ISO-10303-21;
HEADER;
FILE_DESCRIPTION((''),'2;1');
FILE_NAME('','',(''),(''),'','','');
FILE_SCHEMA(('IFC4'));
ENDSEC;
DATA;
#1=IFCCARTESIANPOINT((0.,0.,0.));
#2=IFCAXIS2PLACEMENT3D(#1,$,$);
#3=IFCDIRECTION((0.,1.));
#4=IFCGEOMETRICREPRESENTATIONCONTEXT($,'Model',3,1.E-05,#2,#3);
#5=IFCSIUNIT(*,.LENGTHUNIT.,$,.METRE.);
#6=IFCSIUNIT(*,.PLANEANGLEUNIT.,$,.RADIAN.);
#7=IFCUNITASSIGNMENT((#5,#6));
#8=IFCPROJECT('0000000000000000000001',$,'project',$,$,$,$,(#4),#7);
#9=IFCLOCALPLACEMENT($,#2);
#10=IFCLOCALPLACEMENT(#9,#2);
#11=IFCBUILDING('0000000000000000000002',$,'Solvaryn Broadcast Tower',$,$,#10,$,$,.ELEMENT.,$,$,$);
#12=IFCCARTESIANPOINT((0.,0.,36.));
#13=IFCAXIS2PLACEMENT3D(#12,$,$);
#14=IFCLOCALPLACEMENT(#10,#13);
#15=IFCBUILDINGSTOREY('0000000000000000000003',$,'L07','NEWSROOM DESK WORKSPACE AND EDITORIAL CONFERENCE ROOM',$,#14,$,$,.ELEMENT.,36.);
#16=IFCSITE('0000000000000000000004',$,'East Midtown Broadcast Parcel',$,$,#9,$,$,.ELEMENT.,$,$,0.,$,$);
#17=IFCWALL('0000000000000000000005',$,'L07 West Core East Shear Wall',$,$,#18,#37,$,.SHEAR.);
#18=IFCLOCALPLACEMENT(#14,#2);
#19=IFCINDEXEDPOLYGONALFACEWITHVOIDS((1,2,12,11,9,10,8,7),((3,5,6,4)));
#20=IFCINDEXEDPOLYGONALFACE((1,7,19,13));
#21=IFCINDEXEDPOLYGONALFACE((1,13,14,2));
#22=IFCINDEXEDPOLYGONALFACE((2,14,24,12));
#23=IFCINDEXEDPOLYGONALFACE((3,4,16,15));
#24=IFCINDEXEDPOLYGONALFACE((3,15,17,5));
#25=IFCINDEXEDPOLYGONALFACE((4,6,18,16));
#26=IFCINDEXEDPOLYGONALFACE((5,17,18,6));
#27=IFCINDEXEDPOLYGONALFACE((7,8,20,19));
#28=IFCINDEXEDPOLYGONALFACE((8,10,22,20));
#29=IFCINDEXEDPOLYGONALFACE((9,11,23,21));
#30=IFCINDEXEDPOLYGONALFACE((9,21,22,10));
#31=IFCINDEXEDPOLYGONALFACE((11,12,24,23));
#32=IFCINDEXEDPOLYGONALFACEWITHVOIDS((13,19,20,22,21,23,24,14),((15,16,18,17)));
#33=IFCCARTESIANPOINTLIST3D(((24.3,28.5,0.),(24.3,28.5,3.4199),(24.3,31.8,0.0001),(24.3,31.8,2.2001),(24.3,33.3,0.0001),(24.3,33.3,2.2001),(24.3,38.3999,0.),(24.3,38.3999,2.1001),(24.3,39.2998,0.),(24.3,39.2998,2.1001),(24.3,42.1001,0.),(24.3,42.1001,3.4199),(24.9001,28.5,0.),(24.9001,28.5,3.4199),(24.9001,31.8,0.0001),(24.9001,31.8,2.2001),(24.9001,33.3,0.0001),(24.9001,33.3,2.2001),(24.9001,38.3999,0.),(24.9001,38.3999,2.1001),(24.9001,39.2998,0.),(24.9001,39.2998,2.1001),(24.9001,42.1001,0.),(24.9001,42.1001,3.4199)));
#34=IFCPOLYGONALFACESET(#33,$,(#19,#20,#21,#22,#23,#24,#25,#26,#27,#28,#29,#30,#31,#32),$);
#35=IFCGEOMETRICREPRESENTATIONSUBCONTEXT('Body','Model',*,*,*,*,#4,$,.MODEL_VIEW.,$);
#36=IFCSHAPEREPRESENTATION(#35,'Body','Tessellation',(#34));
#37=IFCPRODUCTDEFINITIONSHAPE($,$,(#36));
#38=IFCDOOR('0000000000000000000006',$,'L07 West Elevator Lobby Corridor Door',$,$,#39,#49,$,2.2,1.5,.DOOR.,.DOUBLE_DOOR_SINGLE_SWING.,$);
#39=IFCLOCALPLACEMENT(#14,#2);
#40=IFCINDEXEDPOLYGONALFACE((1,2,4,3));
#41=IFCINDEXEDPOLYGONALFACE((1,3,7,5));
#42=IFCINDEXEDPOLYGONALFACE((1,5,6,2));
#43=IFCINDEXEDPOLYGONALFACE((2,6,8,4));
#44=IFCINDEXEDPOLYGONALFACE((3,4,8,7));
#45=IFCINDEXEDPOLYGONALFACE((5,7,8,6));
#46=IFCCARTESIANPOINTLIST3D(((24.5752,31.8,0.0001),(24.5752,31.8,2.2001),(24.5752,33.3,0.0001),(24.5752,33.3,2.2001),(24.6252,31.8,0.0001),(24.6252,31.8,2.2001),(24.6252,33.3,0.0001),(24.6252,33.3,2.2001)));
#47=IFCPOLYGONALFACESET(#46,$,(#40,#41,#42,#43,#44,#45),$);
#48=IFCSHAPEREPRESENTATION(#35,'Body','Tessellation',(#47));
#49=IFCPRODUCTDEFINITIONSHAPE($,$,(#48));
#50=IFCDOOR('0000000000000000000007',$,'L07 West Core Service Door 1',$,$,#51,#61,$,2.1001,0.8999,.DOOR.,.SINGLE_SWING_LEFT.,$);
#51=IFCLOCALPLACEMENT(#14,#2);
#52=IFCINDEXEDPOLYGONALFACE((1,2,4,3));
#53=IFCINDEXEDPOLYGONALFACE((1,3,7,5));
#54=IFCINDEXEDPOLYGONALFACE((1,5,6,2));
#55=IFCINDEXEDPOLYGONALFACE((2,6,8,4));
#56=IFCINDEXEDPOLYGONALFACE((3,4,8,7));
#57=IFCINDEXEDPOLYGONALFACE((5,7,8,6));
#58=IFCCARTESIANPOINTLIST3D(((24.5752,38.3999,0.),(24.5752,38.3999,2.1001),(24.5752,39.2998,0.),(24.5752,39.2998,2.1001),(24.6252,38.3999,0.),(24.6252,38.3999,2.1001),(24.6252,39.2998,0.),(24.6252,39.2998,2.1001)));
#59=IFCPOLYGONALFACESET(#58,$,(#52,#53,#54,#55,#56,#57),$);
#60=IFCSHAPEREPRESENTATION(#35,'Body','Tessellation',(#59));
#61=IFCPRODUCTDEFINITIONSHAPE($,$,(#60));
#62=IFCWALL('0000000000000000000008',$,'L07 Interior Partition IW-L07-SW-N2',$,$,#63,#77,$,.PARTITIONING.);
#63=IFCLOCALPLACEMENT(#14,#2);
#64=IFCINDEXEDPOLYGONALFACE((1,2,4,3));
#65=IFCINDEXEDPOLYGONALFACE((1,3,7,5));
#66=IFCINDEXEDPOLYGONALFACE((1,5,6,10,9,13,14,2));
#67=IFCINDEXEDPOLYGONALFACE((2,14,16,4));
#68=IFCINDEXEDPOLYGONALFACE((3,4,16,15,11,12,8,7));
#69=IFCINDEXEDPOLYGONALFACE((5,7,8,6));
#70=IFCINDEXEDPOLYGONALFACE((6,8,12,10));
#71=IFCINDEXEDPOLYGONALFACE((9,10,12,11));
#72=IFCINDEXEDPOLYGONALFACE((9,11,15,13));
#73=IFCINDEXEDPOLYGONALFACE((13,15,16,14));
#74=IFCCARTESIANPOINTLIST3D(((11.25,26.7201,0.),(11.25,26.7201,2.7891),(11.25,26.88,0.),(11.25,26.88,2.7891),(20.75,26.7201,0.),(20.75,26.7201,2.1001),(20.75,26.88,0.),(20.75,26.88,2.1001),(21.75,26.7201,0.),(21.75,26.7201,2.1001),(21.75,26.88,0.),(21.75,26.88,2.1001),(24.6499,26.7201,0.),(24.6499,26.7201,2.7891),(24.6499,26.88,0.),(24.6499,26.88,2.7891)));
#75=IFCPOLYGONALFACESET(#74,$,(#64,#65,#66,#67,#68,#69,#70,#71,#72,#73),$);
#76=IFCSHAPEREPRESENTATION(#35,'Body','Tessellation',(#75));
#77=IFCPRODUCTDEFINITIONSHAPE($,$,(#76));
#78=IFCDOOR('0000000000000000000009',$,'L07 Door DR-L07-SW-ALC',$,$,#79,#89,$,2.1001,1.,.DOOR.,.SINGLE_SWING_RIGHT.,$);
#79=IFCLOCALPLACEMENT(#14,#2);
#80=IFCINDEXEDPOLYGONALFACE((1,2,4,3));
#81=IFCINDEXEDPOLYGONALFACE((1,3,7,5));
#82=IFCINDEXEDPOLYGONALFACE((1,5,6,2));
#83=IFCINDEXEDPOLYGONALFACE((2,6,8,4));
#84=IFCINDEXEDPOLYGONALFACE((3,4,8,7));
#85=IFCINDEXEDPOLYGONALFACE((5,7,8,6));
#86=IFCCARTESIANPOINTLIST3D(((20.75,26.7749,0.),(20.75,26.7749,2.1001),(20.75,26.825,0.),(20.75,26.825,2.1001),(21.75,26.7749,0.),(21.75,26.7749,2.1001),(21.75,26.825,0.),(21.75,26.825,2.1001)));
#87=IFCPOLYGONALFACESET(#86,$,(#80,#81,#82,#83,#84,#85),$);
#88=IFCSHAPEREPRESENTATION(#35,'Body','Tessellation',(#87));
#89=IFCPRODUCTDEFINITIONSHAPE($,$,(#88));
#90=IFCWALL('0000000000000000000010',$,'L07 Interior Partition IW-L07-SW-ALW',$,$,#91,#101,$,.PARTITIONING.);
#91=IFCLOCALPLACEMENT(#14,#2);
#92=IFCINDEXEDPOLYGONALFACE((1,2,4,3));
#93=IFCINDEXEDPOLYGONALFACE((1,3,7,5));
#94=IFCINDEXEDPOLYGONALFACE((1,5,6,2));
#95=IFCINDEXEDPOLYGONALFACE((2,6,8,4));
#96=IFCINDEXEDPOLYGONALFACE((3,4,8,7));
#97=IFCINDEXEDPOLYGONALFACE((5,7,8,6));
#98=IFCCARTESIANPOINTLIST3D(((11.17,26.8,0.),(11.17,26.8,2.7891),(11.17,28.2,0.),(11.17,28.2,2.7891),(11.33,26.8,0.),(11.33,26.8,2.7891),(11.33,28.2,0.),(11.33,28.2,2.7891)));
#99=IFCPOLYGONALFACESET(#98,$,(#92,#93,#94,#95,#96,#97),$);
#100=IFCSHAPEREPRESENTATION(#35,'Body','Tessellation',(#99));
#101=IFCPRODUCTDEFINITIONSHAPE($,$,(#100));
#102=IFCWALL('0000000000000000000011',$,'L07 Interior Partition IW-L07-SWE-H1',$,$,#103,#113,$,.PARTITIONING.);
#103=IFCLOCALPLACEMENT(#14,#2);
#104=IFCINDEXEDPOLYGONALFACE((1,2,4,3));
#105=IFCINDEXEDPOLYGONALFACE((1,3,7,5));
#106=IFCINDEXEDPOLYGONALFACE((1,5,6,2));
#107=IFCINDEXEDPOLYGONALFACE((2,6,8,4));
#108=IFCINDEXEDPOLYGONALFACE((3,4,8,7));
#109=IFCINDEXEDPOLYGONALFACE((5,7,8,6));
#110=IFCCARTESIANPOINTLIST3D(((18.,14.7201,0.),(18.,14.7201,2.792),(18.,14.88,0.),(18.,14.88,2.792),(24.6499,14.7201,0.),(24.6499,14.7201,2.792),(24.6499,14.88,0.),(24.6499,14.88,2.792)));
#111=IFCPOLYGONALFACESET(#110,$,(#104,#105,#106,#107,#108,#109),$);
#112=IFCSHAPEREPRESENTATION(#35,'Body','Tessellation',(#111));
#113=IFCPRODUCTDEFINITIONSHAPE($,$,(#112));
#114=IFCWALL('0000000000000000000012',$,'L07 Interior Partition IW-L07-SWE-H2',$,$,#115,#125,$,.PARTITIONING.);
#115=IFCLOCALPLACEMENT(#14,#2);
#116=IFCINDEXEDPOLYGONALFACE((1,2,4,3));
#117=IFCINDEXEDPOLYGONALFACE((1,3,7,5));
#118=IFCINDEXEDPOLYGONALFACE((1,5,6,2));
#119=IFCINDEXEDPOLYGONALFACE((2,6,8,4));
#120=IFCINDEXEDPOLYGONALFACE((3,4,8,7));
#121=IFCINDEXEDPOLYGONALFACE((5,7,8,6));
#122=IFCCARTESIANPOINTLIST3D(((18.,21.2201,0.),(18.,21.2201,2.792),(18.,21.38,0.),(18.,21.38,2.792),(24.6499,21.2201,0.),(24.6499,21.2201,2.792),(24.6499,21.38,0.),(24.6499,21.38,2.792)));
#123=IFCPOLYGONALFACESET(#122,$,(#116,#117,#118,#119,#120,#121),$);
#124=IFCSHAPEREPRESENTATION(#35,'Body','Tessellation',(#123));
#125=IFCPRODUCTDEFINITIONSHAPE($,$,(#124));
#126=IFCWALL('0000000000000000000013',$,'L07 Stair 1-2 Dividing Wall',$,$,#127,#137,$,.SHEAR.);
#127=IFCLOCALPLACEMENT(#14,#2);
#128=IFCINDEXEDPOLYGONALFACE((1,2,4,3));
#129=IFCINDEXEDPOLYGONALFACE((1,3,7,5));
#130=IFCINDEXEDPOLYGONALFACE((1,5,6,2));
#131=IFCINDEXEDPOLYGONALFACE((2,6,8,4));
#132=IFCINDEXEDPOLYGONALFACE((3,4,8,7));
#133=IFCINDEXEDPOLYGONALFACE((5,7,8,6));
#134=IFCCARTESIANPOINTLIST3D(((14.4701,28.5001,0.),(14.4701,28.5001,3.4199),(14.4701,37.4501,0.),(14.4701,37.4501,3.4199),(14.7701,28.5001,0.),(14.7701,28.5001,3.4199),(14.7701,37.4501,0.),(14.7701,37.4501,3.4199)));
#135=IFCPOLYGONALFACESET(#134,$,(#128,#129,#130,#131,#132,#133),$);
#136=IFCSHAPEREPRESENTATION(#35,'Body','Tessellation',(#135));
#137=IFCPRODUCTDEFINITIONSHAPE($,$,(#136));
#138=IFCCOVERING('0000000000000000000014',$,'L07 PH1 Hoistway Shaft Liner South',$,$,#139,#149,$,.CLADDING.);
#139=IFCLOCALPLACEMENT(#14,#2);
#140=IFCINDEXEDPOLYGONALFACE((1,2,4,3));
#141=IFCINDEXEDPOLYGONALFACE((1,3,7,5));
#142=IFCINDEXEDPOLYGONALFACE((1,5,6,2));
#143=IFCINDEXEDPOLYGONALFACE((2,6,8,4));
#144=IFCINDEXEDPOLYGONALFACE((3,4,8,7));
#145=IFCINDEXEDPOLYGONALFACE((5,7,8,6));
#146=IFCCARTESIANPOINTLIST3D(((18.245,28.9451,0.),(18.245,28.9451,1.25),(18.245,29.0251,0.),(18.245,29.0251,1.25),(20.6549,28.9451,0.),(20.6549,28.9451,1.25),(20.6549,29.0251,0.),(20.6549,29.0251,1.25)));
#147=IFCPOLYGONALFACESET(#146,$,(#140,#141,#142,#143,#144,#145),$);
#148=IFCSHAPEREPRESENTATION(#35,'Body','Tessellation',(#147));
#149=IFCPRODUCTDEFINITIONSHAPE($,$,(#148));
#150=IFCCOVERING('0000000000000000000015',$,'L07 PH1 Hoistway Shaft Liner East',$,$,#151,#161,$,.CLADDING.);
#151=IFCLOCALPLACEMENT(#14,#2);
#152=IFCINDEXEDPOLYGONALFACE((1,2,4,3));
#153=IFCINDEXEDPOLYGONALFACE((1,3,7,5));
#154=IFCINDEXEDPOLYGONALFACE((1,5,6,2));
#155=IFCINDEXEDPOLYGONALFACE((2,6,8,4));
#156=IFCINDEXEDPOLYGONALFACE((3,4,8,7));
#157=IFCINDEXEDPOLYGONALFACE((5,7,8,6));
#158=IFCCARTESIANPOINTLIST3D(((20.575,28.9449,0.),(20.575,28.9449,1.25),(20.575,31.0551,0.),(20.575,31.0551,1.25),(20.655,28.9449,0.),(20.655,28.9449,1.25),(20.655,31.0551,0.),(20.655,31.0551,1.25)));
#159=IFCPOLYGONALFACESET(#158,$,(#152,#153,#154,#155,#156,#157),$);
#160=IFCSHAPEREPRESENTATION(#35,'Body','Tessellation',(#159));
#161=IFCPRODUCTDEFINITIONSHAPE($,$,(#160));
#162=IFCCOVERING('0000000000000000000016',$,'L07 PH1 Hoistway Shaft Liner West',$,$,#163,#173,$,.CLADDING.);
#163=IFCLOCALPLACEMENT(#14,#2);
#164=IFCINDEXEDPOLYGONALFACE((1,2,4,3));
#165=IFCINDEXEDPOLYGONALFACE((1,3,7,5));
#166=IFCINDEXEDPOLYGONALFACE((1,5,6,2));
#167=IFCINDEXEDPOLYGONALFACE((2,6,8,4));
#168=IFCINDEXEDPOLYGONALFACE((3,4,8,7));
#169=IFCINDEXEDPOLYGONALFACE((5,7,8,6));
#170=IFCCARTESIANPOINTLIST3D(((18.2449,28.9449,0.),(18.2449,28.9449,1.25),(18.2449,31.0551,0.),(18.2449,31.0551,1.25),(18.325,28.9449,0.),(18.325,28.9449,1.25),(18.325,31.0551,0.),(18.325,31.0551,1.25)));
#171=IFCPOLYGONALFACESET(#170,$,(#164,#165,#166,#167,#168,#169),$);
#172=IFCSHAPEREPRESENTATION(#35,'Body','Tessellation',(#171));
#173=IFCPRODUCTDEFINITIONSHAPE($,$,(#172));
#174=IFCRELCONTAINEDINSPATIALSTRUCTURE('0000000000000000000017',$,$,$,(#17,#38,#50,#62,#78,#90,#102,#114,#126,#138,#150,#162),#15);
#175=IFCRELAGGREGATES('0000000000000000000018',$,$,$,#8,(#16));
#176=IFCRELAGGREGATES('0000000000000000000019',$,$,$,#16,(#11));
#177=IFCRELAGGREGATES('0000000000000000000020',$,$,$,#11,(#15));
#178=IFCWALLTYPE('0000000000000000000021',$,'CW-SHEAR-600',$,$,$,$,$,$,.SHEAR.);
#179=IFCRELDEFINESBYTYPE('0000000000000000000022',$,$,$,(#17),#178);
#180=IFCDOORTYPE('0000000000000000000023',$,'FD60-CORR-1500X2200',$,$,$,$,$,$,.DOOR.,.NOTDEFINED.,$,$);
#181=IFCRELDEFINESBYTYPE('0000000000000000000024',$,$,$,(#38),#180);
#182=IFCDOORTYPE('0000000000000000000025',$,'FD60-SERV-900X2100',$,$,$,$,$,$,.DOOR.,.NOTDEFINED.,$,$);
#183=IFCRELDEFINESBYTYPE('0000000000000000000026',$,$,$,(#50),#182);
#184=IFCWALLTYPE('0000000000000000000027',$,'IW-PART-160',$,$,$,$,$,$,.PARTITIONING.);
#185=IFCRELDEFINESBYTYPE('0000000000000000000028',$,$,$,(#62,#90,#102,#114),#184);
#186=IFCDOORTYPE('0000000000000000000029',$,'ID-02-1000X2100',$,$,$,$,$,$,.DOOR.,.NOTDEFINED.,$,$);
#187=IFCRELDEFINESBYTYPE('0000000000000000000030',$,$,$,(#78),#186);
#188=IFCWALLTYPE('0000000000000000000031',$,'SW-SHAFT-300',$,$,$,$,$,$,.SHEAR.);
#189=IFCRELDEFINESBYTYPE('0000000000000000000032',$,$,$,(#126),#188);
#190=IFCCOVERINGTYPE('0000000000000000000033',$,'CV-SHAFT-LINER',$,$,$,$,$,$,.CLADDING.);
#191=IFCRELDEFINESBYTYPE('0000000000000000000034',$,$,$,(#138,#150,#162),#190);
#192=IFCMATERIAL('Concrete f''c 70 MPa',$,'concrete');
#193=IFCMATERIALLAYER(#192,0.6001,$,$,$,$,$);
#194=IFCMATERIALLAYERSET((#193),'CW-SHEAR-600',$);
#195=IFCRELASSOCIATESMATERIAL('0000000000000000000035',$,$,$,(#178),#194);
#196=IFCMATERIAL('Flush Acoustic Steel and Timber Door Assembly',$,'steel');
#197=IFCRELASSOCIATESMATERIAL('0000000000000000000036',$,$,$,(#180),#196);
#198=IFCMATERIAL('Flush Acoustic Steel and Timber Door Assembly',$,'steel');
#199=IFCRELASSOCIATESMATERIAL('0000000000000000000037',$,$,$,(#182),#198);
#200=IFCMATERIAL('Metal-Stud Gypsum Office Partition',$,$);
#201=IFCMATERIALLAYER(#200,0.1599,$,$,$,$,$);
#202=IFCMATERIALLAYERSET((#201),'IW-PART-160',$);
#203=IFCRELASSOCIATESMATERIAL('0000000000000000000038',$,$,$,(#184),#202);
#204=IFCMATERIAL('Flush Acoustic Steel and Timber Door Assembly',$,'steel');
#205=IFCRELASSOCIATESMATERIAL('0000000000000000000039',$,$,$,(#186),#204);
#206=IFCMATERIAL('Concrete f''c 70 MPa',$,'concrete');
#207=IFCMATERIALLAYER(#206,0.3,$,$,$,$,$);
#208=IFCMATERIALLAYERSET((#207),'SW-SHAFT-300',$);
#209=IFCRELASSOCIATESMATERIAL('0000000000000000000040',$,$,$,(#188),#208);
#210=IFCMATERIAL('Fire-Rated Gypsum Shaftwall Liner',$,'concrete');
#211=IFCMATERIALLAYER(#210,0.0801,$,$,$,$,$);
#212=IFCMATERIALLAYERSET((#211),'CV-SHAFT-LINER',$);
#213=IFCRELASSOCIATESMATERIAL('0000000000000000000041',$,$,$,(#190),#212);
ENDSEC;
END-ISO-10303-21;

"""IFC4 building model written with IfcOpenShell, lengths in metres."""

from ifc_helpers import new_model, si_unit, direction, frame, frame_2d, origin, origin_2d, place, context, subcontext, project, spatial, rectangle, extrude, material, layer, layer_set, type_object, element, fill, save


model = new_model("IFC4")

# Units and contexts
model_context = context("Model", 3, precision=1e-05, world=origin(), true_north=direction((0.0, 1.0)))
body_context = subcontext(model_context, "Body", "Model", "MODEL_VIEW")
ifc_project = project(units=[si_unit("LENGTHUNIT", "METRE"), si_unit("PLANEANGLEUNIT", "RADIAN")], contexts=[model_context])

# Site, building, storey
site_placement = place(None, origin())
site = spatial("IfcSite", under=ifc_project, at=site_placement, Name="East Midtown Broadcast Parcel", CompositionType="ELEMENT", RefElevation=0.0)
building_placement = place(site_placement, origin())
building = spatial("IfcBuilding", under=site, at=building_placement, Name="Solvaryn Broadcast Tower", CompositionType="ELEMENT")
storey_placement = place(building_placement, frame((0.0, 0.0, 36.0)))
storey = spatial("IfcBuildingStorey", under=building, at=storey_placement, Name="L07", Description="NEWSROOM DESK WORKSPACE AND EDITORIAL CONFERENCE ROOM", CompositionType="ELEMENT", Elevation=36.0)

# Shared definitions
ifc_material_1 = material(Name="Concrete f'c 70 MPa", Category="concrete")
ifc_layer_1 = layer(ifc_material_1, 0.6001)
ifc_layer_set_1 = layer_set([ifc_layer_1], Name="CW-SHEAR-600")
wall_type_1 = type_object("IfcWallType", Name="CW-SHEAR-600", PredefinedType="SHEAR", material=ifc_layer_set_1)

# Wall, openings, doors
wall_1_placement = place(storey_placement, frame((24.6001, 28.5, 0.0), z_axis=(0.0, 0.0, 1.0), x_axis=(0.0, 1.0, 0.0)))
wall_1 = element("IfcWall", 1, at=wall_1_placement, inside=storey, type_object=wall_type_1, Name="L07 West Core East Shear Wall", PredefinedType="SHEAR", context=body_context, shape_type="SweptSolid", body=[
    extrude(rectangle(XDim=13.6001, YDim=0.6001, at=frame_2d((6.8, 0.0))), origin(), (0.0, 0.0, 1.0), 3.4199),
])
opening_1_placement = place(wall_1_placement, frame((3.3, 0.0, 0.0)))
opening_1 = element("IfcOpeningElement", 2, at=opening_1_placement, cuts=wall_1, PredefinedType="OPENING", context=body_context, shape_type="SweptSolid", body=[
    extrude(rectangle(XDim=1.5, YDim=2.2, at=frame_2d((0.75, 1.1001))), frame((0.0, 0.3101, 0.0), z_axis=(0.0, -1.0, 0.0), x_axis=(1.0, 0.0, 0.0)), (0.0, 0.0, 1.0), 0.6201),
])
opening_2_placement = place(wall_1_placement, frame((9.8999, 0.0, 0.0)))
opening_2 = element("IfcOpeningElement", 3, at=opening_2_placement, cuts=wall_1, PredefinedType="OPENING", context=body_context, shape_type="SweptSolid", body=[
    extrude(rectangle(XDim=0.8999, YDim=2.1001, at=frame_2d((0.45, 1.05))), frame((0.0, 0.3101, 0.0), z_axis=(0.0, -1.0, 0.0), x_axis=(1.0, 0.0, 0.0)), (0.0, 0.0, 1.0), 0.6201),
])
ifc_material_2 = material(Name="Flush Acoustic Steel and Timber Door Assembly", Category="steel")
door_type_1 = type_object("IfcDoorType", Name="FD60-CORR-1500X2200", OperationType="NOTDEFINED", PredefinedType="DOOR", material=ifc_material_2)
door_1_placement = place(opening_1_placement, origin())
door_1 = element("IfcDoor", 4, at=door_1_placement, inside=storey, type_object=door_type_1, Name="L07 West Elevator Lobby Corridor Door", OperationType="DOUBLE_DOOR_SINGLE_SWING", OverallHeight=2.2, OverallWidth=1.5, PredefinedType="DOOR", context=body_context, shape_type="SweptSolid", body=[
    extrude(rectangle(XDim=1.5, YDim=2.2, at=frame_2d((0.75, 1.1001))), frame((0.0, 0.0249, 0.0), z_axis=(0.0, -1.0, 0.0), x_axis=(1.0, 0.0, 0.0)), (0.0, 0.0, 1.0), 0.05),
])
fill(opening_1, door_1)
ifc_material_3 = material(Name="Flush Acoustic Steel and Timber Door Assembly", Category="steel")
door_type_2 = type_object("IfcDoorType", Name="FD60-SERV-900X2100", OperationType="NOTDEFINED", PredefinedType="DOOR", material=ifc_material_3)
door_2_placement = place(opening_2_placement, origin())
door_2 = element("IfcDoor", 5, at=door_2_placement, inside=storey, type_object=door_type_2, Name="L07 West Core Service Door 1", OperationType="SINGLE_SWING_LEFT", OverallHeight=2.1001, OverallWidth=0.8999, PredefinedType="DOOR", context=body_context, shape_type="SweptSolid", body=[
    extrude(rectangle(XDim=0.8999, YDim=2.1001, at=frame_2d((0.45, 1.05))), frame((0.0, 0.0249, 0.0), z_axis=(0.0, -1.0, 0.0), x_axis=(1.0, 0.0, 0.0)), (0.0, 0.0, 1.0), 0.05),
])
fill(opening_2, door_2)

# Wall, opening, door
ifc_material_4 = material(Name="Metal-Stud Gypsum Office Partition")
ifc_layer_2 = layer(ifc_material_4, 0.1599)
ifc_layer_set_2 = layer_set([ifc_layer_2], Name="IW-PART-160")
wall_type_2 = type_object("IfcWallType", Name="IW-PART-160", PredefinedType="PARTITIONING", material=ifc_layer_set_2)
wall_2_placement = place(storey_placement, frame((11.25, 26.8, 0.0), z_axis=(0.0, 0.0, 1.0), x_axis=(1.0, 0.0, 0.0)))
wall_2 = element("IfcWall", 6, at=wall_2_placement, inside=storey, type_object=wall_type_2, Name="L07 Interior Partition IW-L07-SW-N2", PredefinedType="PARTITIONING", context=body_context, shape_type="SweptSolid", body=[
    extrude(rectangle(XDim=13.3999, YDim=0.1599, at=frame_2d((6.7, 0.0))), origin(), (0.0, 0.0, 1.0), 2.7891),
])
opening_3_placement = place(wall_2_placement, frame((9.5, 0.0, 0.0)))
opening_3 = element("IfcOpeningElement", 7, at=opening_3_placement, cuts=wall_2, PredefinedType="OPENING", context=body_context, shape_type="SweptSolid", body=[
    extrude(rectangle(XDim=1.0, YDim=2.1001, at=frame_2d((0.5, 1.05))), frame((0.0, 0.0901, 0.0), z_axis=(0.0, -1.0, 0.0), x_axis=(1.0, 0.0, 0.0)), (0.0, 0.0, 1.0), 0.1799),
])
ifc_material_5 = material(Name="Flush Acoustic Steel and Timber Door Assembly", Category="steel")
door_type_3 = type_object("IfcDoorType", Name="ID-02-1000X2100", OperationType="NOTDEFINED", PredefinedType="DOOR", material=ifc_material_5)
door_3_placement = place(opening_3_placement, origin())
door_3 = element("IfcDoor", 8, at=door_3_placement, inside=storey, type_object=door_type_3, Name="L07 Door DR-L07-SW-ALC", OperationType="SINGLE_SWING_RIGHT", OverallHeight=2.1001, OverallWidth=1.0, PredefinedType="DOOR", context=body_context, shape_type="SweptSolid", body=[
    extrude(rectangle(XDim=1.0, YDim=2.1001, at=frame_2d((0.5, 1.05))), frame((0.0, 0.0249, 0.0), z_axis=(0.0, -1.0, 0.0), x_axis=(1.0, 0.0, 0.0)), (0.0, 0.0, 1.0), 0.05),
])
fill(opening_3, door_3)

# Walls
wall_3_placement = place(storey_placement, frame((11.25, 26.8, 0.0), z_axis=(0.0, 0.0, 1.0), x_axis=(0.0, 1.0, 0.0)))
element("IfcWall", 9, at=wall_3_placement, inside=storey, type_object=wall_type_2, Name="L07 Interior Partition IW-L07-SW-ALW", PredefinedType="PARTITIONING", context=body_context, shape_type="SweptSolid", body=[
    extrude(rectangle(XDim=1.3999, YDim=0.1599, at=frame_2d((0.7, 0.0))), origin(), (0.0, 0.0, 1.0), 2.7891),
])
for number, where, z_axis, x_axis, name in (
    (10, (18.0, 14.8, 0.0), (0.0, 0.0, 1.0), (1.0, 0.0, 0.0), "L07 Interior Partition IW-L07-SWE-H1"),
    (11, (18.0, 21.3, 0.0), (0.0, 0.0, 1.0), (1.0, 0.0, 0.0), "L07 Interior Partition IW-L07-SWE-H2"),
):
    element("IfcWall", number, at=place(storey_placement, frame(where, z_axis=z_axis, x_axis=x_axis)), inside=storey, type_object=wall_type_2, Name=name, PredefinedType="PARTITIONING", context=body_context, shape_type="SweptSolid", body=[
        extrude(rectangle(XDim=6.6499, YDim=0.1599, at=frame_2d((3.325, 0.0))), origin(), (0.0, 0.0, 1.0), 2.792),
    ])
ifc_material_6 = material(Name="Concrete f'c 70 MPa", Category="concrete")
ifc_layer_3 = layer(ifc_material_6, 0.3)
ifc_layer_set_3 = layer_set([ifc_layer_3], Name="SW-SHAFT-300")
wall_type_3 = type_object("IfcWallType", Name="SW-SHAFT-300", PredefinedType="SHEAR", material=ifc_layer_set_3)
wall_4_placement = place(storey_placement, frame((14.6201, 28.5, 0.0), z_axis=(0.0, 0.0, 1.0), x_axis=(0.0, 1.0, 0.0)))
element("IfcWall", 12, at=wall_4_placement, inside=storey, type_object=wall_type_3, Name="L07 Stair 1-2 Dividing Wall", PredefinedType="SHEAR", context=body_context, shape_type="SweptSolid", body=[
    extrude(rectangle(XDim=8.95, YDim=0.3, at=frame_2d((4.4751, 0.0))), origin(), (0.0, 0.0, 1.0), 3.4199),
])

# Coverings
ifc_material_7 = material(Name="Fire-Rated Gypsum Shaftwall Liner", Category="concrete")
ifc_layer_4 = layer(ifc_material_7, 0.0801)
ifc_layer_set_4 = layer_set([ifc_layer_4], Name="CV-SHAFT-LINER")
covering_type = type_object("IfcCoveringType", Name="CV-SHAFT-LINER", PredefinedType="CLADDING", material=ifc_layer_set_4)
covering_1_placement = place(storey_placement, frame((19.45, 28.9851, 0.0), z_axis=(0.0, 0.0, 1.0), x_axis=(1.0, 0.0, 0.0)))
element("IfcCovering", 13, at=covering_1_placement, inside=storey, type_object=covering_type, Name="L07 PH1 Hoistway Shaft Liner South", PredefinedType="CLADDING", context=body_context, shape_type="SweptSolid", body=[
    extrude(rectangle(XDim=2.4099, YDim=0.0801, at=origin_2d()), origin(), (0.0, 0.0, 1.0), 1.25),
])
for number, where, z_axis, x_axis, name in (
    (14, (20.615, 30.0, 0.0), (0.0, 0.0, 1.0), (1.0, 0.0, 0.0), "L07 PH1 Hoistway Shaft Liner East"),
    (15, (18.2849, 30.0, 0.0), (0.0, 0.0, 1.0), (1.0, 0.0, 0.0), "L07 PH1 Hoistway Shaft Liner West"),
):
    element("IfcCovering", number, at=place(storey_placement, frame(where, z_axis=z_axis, x_axis=x_axis)), inside=storey, type_object=covering_type, Name=name, PredefinedType="CLADDING", context=body_context, shape_type="SweptSolid", body=[
        extrude(rectangle(XDim=0.0801, YDim=2.1101, at=origin_2d()), origin(), (0.0, 0.0, 1.0), 1.25),
    ])

save(model, "model.ifc")
